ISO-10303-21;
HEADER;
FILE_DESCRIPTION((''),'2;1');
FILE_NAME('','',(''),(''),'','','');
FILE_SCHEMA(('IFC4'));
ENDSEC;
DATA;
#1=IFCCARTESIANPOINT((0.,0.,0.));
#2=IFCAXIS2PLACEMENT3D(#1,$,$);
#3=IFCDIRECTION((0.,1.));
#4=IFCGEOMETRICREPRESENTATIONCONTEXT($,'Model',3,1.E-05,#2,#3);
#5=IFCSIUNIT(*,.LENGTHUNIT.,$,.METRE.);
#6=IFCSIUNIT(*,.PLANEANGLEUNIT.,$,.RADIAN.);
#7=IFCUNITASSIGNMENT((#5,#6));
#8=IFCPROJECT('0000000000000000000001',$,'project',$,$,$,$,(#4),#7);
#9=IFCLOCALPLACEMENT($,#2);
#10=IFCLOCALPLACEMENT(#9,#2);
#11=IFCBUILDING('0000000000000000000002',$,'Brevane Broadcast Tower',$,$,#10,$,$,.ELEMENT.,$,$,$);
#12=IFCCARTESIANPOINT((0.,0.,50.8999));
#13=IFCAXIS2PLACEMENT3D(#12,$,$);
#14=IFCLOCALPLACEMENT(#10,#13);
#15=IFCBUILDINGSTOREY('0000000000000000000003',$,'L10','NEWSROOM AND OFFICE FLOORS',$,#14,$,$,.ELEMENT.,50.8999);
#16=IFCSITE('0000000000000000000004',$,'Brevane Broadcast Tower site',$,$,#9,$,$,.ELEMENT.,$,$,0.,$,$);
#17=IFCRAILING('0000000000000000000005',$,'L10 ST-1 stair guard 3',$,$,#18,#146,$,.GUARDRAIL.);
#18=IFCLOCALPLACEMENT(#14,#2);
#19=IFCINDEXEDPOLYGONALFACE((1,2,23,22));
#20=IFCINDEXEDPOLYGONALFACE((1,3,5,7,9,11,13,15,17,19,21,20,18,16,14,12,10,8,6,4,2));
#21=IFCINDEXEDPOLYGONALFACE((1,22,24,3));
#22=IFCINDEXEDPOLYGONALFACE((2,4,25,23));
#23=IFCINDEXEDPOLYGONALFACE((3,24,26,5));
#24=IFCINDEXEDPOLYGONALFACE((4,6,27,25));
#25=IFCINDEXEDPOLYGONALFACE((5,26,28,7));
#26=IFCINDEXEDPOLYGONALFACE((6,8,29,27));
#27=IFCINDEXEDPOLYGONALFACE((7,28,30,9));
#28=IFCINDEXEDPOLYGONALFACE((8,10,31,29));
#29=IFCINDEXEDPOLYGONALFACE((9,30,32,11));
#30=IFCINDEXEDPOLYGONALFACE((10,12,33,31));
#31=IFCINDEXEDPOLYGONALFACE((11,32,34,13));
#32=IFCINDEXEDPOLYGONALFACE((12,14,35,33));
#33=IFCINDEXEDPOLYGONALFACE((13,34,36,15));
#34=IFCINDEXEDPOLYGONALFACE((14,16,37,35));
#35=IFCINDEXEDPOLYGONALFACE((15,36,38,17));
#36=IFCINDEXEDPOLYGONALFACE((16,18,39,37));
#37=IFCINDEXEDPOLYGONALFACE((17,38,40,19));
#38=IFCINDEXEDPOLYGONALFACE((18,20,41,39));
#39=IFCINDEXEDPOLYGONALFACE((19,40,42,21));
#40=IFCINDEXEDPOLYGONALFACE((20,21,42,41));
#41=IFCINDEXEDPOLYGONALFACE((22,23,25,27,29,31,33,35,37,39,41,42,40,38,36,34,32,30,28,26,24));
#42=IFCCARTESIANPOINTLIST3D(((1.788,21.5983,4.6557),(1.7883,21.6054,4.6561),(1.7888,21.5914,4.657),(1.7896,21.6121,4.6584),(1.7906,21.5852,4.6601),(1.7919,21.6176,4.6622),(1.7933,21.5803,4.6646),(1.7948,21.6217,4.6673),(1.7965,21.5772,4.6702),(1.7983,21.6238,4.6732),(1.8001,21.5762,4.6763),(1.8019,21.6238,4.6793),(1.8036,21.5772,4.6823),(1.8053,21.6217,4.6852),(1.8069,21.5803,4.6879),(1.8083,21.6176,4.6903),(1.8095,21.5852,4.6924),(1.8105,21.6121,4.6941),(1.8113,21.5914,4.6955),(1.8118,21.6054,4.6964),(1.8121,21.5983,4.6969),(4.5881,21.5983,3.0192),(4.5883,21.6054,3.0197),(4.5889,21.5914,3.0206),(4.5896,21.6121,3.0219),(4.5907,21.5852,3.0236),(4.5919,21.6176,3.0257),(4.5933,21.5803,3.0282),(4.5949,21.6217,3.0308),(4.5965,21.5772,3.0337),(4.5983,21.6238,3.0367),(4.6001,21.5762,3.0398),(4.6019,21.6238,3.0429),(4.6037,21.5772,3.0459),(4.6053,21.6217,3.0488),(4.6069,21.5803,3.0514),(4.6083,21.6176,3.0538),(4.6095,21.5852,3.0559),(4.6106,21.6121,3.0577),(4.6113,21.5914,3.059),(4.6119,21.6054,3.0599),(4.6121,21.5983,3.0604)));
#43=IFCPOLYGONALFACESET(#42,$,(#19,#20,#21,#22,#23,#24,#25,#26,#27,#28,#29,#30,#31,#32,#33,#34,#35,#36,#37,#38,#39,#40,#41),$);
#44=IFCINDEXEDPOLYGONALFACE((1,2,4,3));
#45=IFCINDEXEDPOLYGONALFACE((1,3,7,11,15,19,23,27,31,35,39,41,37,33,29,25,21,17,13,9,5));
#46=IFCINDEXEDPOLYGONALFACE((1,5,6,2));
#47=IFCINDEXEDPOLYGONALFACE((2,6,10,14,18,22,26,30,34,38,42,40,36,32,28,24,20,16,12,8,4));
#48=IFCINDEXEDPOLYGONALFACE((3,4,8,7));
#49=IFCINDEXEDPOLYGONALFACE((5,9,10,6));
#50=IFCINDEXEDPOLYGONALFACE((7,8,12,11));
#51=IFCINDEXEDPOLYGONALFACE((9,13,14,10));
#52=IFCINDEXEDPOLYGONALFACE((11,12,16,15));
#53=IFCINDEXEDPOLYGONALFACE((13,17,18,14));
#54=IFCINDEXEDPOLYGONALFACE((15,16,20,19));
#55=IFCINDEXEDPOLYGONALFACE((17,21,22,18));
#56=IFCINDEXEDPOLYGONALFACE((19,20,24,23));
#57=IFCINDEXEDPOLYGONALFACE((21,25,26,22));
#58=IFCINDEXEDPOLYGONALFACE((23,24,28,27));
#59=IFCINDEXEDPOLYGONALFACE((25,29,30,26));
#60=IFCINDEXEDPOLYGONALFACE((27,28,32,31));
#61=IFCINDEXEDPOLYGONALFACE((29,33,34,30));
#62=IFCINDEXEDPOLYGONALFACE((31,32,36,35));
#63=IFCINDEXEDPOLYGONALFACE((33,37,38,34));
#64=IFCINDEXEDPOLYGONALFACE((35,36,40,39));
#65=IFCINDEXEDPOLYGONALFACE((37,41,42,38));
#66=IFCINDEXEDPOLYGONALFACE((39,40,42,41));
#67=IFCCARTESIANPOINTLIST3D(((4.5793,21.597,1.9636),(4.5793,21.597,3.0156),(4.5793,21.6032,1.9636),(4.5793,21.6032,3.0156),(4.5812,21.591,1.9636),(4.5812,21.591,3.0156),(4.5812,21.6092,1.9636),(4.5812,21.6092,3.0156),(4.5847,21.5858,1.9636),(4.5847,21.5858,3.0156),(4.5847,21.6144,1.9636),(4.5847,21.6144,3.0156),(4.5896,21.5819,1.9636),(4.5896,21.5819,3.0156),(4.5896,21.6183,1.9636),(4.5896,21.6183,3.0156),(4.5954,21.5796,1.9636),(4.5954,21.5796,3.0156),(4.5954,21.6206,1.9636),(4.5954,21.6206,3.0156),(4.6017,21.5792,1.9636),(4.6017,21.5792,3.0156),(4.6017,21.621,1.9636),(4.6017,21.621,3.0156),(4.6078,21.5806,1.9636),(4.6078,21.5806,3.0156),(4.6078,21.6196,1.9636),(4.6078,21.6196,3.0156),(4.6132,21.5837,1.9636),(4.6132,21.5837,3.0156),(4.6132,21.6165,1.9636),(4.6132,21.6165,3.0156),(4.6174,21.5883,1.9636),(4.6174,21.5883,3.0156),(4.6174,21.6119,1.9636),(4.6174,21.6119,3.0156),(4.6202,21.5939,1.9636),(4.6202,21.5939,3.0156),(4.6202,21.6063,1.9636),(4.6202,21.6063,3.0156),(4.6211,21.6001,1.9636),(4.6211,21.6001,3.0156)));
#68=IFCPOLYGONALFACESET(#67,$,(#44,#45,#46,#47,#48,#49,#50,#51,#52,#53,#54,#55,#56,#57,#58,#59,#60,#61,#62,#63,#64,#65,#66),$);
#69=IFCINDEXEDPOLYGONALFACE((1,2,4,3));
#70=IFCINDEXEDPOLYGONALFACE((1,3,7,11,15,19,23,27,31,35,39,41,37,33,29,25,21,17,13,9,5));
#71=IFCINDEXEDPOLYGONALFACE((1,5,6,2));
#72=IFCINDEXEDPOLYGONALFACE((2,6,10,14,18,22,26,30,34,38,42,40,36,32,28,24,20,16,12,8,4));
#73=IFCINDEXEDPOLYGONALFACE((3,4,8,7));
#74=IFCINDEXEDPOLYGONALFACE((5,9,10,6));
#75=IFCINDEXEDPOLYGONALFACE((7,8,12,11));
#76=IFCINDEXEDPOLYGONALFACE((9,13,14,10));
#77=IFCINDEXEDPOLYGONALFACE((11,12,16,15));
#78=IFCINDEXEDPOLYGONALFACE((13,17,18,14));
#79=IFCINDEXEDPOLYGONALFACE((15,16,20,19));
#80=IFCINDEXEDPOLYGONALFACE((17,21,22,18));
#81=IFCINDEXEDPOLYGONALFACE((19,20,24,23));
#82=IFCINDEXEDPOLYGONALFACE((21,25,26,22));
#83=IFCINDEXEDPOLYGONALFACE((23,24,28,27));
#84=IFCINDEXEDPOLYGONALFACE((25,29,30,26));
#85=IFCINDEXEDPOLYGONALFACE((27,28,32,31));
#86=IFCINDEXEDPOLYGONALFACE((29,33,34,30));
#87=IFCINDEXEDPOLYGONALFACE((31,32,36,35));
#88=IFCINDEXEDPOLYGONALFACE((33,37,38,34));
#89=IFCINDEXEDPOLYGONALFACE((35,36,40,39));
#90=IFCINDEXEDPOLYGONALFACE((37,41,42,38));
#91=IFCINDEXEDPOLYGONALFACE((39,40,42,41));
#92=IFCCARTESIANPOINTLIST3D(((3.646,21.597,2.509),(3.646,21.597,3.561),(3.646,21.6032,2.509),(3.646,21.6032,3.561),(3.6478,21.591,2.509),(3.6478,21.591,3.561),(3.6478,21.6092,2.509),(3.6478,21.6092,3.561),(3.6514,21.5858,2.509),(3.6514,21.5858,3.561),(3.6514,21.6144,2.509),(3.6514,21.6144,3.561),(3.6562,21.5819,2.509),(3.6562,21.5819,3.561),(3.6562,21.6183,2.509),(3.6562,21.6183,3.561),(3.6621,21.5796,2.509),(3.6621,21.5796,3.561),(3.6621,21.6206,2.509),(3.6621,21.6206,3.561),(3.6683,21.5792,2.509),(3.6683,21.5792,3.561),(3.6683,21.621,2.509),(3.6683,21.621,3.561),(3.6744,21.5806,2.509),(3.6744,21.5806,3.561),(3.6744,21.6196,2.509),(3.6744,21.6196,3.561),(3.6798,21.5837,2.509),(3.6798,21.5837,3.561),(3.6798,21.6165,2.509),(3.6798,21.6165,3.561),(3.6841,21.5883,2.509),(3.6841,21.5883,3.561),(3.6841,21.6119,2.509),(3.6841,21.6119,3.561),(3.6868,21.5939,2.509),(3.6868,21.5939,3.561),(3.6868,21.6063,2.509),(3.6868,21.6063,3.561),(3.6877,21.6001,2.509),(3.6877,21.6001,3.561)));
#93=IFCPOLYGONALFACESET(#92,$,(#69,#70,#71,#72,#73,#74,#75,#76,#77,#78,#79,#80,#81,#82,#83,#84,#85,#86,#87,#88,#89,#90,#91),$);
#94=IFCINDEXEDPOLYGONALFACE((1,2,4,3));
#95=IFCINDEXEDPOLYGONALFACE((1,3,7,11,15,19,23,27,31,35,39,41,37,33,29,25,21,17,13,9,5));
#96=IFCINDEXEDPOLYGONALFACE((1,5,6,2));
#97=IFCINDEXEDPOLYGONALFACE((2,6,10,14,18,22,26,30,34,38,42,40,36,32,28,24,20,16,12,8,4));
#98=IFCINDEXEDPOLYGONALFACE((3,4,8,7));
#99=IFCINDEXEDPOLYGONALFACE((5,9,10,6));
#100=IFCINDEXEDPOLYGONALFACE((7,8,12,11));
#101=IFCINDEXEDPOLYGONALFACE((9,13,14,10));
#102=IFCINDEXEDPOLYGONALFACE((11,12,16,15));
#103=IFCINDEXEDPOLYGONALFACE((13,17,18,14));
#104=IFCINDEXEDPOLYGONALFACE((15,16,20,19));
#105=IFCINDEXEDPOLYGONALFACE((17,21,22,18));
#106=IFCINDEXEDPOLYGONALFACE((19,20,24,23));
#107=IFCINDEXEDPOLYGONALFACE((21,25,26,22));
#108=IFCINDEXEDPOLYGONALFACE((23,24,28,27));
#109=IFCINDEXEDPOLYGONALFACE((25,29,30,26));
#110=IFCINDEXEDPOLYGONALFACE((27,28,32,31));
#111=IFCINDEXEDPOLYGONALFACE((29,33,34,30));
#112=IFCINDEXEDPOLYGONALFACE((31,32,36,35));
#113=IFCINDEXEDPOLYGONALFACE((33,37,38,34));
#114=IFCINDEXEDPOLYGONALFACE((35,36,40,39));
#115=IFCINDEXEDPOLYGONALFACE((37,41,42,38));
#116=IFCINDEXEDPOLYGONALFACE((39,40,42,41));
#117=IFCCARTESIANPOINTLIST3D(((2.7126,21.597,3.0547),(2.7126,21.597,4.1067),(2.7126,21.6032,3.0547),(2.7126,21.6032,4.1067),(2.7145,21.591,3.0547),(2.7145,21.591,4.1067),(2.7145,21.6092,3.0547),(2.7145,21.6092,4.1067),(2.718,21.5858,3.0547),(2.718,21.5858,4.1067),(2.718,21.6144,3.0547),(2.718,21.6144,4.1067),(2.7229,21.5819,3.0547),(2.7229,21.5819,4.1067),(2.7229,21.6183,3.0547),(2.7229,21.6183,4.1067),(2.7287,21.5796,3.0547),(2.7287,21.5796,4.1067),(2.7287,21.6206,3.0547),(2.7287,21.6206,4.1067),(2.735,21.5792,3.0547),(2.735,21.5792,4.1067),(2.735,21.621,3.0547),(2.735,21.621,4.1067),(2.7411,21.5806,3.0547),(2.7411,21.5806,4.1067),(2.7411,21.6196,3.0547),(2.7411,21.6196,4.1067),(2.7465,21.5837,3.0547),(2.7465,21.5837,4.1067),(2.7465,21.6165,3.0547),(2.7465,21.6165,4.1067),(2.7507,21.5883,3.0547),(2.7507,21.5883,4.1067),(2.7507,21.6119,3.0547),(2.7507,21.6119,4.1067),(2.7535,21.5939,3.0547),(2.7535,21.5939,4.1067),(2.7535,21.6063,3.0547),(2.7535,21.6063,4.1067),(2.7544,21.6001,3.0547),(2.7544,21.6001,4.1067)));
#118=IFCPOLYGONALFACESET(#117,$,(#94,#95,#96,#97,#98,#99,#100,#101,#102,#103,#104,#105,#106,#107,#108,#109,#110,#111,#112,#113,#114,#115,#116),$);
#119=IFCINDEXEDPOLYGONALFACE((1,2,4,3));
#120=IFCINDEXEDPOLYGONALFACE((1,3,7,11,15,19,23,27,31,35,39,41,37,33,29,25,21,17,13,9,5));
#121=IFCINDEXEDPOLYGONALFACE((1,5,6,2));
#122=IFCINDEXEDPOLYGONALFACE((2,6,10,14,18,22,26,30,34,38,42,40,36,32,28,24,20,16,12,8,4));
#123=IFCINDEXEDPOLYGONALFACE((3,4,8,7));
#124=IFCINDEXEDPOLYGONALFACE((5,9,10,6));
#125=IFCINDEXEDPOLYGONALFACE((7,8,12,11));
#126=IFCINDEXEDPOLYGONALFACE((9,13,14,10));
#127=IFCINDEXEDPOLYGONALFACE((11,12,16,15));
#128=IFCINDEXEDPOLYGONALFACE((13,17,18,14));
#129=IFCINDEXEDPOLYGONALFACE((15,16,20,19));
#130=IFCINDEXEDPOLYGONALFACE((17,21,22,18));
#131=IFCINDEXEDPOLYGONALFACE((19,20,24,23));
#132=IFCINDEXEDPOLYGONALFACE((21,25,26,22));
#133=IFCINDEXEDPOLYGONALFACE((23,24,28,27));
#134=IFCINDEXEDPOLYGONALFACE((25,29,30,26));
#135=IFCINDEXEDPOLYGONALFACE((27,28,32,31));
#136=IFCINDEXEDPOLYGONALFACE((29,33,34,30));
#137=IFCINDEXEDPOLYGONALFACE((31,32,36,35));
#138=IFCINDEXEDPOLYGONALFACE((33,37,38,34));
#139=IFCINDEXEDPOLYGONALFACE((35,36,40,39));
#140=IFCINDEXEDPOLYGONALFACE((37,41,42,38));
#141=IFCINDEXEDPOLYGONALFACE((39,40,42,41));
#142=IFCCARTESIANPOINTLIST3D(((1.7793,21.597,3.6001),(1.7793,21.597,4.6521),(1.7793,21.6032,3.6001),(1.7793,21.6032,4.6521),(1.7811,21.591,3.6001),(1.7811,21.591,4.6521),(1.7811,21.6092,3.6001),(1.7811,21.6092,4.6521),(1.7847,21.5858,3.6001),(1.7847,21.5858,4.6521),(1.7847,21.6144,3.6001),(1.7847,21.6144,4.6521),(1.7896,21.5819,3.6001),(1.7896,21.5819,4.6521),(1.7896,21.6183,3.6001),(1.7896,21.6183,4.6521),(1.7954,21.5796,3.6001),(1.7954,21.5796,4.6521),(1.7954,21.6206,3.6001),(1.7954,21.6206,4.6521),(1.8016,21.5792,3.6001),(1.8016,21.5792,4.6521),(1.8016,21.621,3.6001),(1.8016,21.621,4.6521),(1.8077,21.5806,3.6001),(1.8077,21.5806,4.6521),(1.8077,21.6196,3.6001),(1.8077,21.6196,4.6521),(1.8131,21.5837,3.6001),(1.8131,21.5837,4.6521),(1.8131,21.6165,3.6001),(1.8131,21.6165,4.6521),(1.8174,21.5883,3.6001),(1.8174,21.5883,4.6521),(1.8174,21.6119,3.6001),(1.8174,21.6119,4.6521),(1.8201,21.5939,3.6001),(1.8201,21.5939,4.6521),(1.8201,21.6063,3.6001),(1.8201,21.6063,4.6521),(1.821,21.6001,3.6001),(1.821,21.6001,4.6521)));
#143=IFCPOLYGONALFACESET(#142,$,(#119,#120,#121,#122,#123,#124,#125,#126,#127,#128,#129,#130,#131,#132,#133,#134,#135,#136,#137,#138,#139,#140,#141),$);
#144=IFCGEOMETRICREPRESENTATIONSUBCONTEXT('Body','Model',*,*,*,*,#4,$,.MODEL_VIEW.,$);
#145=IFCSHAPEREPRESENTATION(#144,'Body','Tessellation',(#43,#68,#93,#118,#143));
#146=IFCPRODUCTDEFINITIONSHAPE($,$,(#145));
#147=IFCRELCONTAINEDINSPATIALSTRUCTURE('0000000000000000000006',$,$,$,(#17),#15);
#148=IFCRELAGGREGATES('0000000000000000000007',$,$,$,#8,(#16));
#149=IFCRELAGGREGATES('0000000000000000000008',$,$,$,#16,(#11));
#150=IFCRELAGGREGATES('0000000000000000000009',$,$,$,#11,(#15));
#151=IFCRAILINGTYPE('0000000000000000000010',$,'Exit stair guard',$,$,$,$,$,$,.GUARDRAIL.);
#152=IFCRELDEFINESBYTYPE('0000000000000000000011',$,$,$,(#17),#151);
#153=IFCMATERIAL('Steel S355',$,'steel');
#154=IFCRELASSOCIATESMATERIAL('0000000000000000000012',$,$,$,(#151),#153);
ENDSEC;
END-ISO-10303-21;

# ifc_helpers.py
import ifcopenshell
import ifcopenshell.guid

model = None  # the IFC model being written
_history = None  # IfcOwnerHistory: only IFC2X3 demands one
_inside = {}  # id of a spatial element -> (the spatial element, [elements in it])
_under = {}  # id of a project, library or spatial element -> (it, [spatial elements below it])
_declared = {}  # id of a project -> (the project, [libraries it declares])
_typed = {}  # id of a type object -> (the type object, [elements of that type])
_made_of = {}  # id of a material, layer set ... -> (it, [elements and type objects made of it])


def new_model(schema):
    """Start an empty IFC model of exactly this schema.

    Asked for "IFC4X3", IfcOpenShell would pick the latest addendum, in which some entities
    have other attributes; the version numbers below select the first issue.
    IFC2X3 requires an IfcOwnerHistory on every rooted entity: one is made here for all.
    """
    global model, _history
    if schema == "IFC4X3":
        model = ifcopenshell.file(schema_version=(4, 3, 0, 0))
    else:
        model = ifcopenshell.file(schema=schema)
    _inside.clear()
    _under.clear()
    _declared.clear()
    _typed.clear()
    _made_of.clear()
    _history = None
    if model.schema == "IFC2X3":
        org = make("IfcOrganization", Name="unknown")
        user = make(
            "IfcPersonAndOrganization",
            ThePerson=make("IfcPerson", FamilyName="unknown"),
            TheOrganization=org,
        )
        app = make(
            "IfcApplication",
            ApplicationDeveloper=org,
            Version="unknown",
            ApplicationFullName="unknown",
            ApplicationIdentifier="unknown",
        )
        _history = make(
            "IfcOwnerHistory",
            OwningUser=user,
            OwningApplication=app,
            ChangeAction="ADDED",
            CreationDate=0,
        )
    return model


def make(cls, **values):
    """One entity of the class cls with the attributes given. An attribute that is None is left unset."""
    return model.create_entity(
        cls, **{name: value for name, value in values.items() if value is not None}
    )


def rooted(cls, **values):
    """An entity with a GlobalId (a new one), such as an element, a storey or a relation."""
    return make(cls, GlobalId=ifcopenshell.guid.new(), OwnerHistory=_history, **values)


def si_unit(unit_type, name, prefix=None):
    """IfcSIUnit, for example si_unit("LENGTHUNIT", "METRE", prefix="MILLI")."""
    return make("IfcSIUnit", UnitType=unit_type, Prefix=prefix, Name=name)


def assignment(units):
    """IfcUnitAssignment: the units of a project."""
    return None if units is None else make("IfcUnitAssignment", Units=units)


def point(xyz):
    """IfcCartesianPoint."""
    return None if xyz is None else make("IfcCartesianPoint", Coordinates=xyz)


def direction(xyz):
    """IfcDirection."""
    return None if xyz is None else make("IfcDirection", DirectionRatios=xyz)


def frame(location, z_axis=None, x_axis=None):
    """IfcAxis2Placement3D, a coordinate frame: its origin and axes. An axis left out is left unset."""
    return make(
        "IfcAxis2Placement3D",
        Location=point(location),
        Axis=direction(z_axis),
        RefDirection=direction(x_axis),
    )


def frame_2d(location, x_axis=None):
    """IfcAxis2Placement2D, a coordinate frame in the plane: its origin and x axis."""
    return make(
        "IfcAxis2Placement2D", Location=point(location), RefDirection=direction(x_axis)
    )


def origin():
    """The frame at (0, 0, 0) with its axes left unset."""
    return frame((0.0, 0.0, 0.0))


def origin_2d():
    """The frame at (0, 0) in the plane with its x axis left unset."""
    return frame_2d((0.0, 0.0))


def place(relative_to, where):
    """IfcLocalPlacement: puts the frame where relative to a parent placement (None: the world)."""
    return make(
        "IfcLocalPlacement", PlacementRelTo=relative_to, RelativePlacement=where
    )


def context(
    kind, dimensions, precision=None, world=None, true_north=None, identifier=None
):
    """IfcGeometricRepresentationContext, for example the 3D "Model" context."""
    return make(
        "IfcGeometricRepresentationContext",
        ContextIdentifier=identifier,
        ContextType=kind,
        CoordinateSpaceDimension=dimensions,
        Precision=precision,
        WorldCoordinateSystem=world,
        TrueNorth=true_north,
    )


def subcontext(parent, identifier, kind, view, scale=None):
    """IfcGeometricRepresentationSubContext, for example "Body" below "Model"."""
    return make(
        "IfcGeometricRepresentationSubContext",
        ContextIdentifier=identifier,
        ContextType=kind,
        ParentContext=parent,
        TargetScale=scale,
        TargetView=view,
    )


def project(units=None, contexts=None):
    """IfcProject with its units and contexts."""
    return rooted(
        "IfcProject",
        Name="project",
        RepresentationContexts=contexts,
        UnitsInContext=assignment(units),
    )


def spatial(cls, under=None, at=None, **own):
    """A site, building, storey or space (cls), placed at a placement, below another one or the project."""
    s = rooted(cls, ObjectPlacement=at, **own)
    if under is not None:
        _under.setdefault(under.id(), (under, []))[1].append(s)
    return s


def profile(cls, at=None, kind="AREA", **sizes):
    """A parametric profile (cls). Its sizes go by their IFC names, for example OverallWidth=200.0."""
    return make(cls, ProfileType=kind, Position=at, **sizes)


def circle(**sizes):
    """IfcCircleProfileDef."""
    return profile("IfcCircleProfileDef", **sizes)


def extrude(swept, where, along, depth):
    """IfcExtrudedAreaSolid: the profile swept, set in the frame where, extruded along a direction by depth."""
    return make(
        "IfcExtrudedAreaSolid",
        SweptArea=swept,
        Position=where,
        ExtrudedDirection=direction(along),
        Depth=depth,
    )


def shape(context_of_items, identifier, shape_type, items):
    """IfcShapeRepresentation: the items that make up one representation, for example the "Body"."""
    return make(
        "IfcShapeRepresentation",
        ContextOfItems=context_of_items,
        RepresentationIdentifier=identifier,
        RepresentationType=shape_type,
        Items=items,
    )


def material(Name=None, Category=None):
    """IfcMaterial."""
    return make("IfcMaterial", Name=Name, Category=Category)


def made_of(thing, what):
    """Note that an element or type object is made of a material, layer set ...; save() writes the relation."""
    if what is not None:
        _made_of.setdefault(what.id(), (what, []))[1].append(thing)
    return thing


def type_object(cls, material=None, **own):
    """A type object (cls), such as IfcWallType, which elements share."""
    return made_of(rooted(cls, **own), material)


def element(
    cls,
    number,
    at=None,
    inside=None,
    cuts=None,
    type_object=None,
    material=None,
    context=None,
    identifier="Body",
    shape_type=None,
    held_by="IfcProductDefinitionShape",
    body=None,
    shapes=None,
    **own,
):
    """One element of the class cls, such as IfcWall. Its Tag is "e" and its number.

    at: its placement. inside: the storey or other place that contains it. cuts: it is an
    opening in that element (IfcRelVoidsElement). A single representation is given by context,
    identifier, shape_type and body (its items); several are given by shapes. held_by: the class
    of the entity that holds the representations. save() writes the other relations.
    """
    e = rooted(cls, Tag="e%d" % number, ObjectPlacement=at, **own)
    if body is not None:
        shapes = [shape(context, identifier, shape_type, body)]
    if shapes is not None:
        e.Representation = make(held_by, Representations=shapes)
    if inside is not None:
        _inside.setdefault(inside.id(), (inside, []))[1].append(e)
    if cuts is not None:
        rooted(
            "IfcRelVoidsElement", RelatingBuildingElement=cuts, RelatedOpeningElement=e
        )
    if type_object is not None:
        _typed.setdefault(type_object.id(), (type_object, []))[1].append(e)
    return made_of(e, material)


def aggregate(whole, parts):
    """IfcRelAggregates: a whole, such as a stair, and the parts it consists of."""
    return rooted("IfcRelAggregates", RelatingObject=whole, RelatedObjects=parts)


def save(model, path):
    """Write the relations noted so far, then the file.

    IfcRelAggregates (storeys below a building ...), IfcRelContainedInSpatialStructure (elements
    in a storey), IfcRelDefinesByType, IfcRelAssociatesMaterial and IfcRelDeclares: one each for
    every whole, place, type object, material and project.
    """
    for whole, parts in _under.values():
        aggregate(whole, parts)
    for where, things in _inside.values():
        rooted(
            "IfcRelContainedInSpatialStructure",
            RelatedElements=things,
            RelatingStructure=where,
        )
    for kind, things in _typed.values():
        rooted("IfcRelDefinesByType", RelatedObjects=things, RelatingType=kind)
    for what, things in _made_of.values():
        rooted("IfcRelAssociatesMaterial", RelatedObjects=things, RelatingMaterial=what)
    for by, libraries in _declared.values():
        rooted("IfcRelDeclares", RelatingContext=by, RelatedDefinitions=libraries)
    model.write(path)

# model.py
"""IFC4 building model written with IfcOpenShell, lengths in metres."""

from ifc_helpers import new_model, si_unit, direction, frame, origin, origin_2d, place, context, subcontext, project, spatial, circle, extrude, material, type_object, element, save


model = new_model("IFC4")

# Units and contexts
model_context = context("Model", 3, precision=1e-05, world=origin(), true_north=direction((0.0, 1.0)))
body_context = subcontext(model_context, "Body", "Model", "MODEL_VIEW")
ifc_project = project(units=[si_unit("LENGTHUNIT", "METRE"), si_unit("PLANEANGLEUNIT", "RADIAN")], contexts=[model_context])

# Site, building, storey
site_placement = place(None, origin())
site = spatial("IfcSite", under=ifc_project, at=site_placement, Name="Brevane Broadcast Tower site", CompositionType="ELEMENT", RefElevation=0.0)
building_placement = place(site_placement, origin())
building = spatial("IfcBuilding", under=site, at=building_placement, Name="Brevane Broadcast Tower", CompositionType="ELEMENT")
storey_placement = place(building_placement, frame((0.0, 0.0, 50.8999)))
storey = spatial("IfcBuildingStorey", under=building, at=storey_placement, Name="L10", Description="NEWSROOM AND OFFICE FLOORS", CompositionType="ELEMENT", Elevation=50.8999)

# Railing
ifc_material_1 = material(Name="Steel S355", Category="steel")
railing_type_1 = type_object("IfcRailingType", Name="Exit stair guard", PredefinedType="GUARDRAIL", material=ifc_material_1)
railing_1_placement = place(storey_placement, frame((4.6001, 21.6001, 1.9636)))
element("IfcRailing", 1, at=railing_1_placement, inside=storey, type_object=railing_type_1, Name="L10 ST-1 stair guard 3", PredefinedType="GUARDRAIL", context=body_context, shape_type="SweptSolid", body=[
    extrude(circle(Radius=0.0239, at=origin_2d()), frame((0.0, 0.0, 1.0762), z_axis=(-0.863361, 0.0, 0.504587), x_axis=(0.0, -1.0, 0.0)), (0.0, 0.0, 1.0), 3.2432),
    extrude(circle(Radius=0.021, at=origin_2d()), origin(), (0.0, 0.0, 1.0), 1.052),
    extrude(circle(Radius=0.021, at=origin_2d()), frame((-0.9333, 0.0, 0.5454)), (0.0, 0.0, 1.0), 1.052),
    extrude(circle(Radius=0.021, at=origin_2d()), frame((-1.8667, 0.0, 1.0911)), (0.0, 0.0, 1.0), 1.052),
    extrude(circle(Radius=0.021, at=origin_2d()), frame((-2.8, 0.0, 1.6365)), (0.0, 0.0, 1.0), 1.052),
])

save(model, "model.ifc")
